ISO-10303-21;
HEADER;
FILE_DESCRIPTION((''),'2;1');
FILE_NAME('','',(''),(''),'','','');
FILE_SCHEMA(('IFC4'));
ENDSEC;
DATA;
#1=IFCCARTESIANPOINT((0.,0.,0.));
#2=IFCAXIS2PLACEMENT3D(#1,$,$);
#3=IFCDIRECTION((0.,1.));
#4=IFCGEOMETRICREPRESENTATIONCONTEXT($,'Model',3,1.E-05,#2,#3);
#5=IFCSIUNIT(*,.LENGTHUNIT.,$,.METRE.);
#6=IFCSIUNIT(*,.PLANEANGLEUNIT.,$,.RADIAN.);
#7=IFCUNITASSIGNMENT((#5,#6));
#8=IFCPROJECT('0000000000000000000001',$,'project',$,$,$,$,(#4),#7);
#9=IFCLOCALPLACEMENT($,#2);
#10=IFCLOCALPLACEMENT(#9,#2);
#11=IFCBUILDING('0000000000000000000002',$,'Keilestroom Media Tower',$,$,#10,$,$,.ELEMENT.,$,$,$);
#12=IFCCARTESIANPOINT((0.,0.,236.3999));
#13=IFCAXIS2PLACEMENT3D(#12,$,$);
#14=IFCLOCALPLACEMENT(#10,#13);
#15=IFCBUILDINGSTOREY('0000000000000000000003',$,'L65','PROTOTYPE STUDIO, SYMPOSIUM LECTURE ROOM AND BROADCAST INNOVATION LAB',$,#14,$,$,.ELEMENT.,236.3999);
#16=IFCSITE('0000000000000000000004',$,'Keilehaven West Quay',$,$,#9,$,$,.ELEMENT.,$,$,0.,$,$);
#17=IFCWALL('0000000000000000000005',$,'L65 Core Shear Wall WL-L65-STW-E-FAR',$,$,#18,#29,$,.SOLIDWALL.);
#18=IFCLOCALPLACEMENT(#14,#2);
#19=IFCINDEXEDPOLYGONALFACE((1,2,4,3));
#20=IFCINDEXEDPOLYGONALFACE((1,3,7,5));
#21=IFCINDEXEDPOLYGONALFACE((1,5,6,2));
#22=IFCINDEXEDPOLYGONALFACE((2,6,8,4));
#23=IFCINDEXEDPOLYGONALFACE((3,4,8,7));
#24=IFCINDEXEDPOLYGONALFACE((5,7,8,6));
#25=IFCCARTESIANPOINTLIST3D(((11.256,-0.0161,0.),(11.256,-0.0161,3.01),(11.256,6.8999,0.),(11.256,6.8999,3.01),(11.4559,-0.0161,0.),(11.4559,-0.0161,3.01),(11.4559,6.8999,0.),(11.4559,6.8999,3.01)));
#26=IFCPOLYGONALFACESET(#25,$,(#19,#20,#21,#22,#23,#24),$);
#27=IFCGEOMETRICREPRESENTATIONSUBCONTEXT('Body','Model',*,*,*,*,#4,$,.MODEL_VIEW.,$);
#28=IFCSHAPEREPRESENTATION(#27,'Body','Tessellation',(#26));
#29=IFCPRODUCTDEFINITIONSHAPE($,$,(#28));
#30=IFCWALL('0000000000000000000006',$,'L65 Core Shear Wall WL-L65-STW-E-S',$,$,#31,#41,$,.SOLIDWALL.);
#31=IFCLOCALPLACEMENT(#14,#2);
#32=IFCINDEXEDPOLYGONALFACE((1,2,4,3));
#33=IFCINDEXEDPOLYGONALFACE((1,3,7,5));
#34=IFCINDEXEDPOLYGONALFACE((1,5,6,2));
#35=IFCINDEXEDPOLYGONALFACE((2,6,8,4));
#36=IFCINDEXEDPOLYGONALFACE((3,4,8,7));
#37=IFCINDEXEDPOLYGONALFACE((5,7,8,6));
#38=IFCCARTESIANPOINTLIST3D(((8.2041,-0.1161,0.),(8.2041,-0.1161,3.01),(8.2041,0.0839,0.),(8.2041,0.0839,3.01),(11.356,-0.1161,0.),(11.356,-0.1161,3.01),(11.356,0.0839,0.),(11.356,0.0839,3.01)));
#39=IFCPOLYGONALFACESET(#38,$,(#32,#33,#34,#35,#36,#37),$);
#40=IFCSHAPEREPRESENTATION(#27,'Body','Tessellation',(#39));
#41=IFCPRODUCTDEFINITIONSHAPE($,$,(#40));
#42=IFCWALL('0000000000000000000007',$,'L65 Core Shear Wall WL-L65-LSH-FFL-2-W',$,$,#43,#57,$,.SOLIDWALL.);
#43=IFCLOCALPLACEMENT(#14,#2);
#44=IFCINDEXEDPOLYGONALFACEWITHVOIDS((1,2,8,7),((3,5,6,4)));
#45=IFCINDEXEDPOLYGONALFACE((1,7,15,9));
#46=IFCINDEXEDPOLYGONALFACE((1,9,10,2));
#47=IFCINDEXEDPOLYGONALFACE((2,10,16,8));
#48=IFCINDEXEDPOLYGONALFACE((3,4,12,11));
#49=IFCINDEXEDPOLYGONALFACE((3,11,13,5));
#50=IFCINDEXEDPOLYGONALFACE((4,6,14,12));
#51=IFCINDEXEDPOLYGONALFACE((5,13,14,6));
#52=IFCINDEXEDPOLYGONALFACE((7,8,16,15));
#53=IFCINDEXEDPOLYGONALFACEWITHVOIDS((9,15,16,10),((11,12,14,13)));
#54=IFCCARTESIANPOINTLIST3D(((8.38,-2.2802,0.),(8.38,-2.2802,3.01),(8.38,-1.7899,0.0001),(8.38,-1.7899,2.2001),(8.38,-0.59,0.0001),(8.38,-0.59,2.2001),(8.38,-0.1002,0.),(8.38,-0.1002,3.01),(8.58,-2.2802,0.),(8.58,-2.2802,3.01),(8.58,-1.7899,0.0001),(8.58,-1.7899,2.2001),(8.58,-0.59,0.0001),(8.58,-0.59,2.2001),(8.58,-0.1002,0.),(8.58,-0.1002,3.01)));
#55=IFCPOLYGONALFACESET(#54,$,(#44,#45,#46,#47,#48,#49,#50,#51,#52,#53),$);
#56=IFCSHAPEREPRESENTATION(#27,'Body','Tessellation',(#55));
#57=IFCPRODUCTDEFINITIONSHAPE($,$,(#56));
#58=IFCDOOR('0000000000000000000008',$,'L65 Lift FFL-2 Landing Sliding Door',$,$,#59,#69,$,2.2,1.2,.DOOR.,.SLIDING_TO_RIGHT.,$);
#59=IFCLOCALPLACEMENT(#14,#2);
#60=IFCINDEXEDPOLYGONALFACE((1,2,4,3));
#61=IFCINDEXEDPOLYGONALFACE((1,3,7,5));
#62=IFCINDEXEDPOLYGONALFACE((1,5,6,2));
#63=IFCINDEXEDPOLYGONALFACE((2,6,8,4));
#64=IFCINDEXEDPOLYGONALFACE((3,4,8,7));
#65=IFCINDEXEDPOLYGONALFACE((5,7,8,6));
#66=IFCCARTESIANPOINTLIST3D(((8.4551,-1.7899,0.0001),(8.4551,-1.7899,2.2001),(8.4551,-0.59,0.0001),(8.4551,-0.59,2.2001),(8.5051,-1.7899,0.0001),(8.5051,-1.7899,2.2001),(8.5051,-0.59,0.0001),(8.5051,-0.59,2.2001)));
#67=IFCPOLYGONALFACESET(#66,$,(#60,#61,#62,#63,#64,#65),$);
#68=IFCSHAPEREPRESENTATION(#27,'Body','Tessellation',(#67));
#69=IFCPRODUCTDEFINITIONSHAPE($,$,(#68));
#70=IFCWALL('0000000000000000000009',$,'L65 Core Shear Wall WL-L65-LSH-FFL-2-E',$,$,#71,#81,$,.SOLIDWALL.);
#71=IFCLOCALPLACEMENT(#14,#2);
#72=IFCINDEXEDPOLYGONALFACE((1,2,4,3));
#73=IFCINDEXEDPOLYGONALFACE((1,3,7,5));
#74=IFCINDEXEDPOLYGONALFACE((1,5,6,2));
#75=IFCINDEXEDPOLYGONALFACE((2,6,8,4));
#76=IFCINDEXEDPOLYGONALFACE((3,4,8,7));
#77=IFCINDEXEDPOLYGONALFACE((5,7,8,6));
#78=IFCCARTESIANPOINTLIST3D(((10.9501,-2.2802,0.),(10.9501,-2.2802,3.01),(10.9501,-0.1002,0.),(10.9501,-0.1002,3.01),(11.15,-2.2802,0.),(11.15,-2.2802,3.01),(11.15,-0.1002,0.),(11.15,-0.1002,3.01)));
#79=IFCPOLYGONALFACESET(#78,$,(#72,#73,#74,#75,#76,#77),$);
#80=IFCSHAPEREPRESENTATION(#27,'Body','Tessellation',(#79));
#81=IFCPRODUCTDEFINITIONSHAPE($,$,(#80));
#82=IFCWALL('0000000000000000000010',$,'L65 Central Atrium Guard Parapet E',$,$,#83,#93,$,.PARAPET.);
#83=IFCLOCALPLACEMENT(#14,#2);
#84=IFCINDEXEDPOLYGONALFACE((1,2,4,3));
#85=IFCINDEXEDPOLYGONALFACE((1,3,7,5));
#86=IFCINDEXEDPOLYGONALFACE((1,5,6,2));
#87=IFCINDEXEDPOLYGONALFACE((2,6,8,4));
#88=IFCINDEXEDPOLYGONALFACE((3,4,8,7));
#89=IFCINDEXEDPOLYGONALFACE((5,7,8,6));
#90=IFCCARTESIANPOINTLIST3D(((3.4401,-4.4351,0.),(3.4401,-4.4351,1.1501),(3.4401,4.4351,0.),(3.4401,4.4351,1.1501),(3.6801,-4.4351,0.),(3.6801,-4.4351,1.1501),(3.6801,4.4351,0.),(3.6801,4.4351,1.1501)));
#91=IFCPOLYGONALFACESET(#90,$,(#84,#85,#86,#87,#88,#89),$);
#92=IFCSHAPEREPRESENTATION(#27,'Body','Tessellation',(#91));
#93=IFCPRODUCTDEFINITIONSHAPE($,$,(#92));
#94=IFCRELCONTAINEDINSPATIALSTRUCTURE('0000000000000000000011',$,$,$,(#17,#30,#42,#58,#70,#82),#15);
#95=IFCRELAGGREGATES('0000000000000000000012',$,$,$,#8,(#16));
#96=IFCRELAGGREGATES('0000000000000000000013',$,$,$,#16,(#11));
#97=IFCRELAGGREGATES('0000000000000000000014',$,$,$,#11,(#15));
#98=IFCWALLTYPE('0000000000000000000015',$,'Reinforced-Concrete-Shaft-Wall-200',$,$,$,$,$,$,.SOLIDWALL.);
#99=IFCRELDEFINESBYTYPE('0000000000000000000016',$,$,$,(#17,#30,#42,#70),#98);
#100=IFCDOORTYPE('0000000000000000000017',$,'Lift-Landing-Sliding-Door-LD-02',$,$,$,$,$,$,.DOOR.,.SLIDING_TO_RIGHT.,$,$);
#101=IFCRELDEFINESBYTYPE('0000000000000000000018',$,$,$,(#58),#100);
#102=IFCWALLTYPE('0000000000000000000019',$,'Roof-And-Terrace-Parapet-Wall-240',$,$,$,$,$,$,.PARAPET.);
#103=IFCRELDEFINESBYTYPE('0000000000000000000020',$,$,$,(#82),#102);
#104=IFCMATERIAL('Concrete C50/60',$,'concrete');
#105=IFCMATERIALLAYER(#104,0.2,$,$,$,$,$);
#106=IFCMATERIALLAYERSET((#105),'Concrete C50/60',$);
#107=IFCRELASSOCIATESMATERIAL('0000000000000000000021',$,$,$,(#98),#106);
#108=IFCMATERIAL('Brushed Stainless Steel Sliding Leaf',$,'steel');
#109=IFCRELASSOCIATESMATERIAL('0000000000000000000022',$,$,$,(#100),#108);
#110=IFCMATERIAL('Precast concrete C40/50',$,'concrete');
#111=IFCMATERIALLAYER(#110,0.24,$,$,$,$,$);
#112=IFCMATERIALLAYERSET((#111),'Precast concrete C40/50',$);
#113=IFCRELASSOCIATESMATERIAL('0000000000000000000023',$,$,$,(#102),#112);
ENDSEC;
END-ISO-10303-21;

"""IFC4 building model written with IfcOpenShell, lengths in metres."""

from ifc_helpers import new_model, si_unit, direction, frame, frame_2d, origin, place, context, subcontext, project, spatial, rectangle, extrude, source, transform, mapped, material, layer, layer_set, type_object, element, fill, save


model = new_model("IFC4")

# Units and contexts
model_context = context("Model", 3, precision=1e-05, world=origin(), true_north=direction((0.0, 1.0)))
body_context = subcontext(model_context, "Body", "Model", "MODEL_VIEW")
ifc_project = project(units=[si_unit("LENGTHUNIT", "METRE"), si_unit("PLANEANGLEUNIT", "RADIAN")], contexts=[model_context])

# Site, building, storey
site_placement = place(None, origin())
site = spatial("IfcSite", under=ifc_project, at=site_placement, Name="Keilehaven West Quay", CompositionType="ELEMENT", RefElevation=0.0)
building_placement = place(site_placement, origin())
building = spatial("IfcBuilding", under=site, at=building_placement, Name="Keilestroom Media Tower", CompositionType="ELEMENT")
storey_placement = place(building_placement, frame((0.0, 0.0, 236.3999)))
storey = spatial("IfcBuildingStorey", under=building, at=storey_placement, Name="L65", Description="PROTOTYPE STUDIO, SYMPOSIUM LECTURE ROOM AND BROADCAST INNOVATION LAB", CompositionType="ELEMENT", Elevation=236.3999)

# Shared definitions
ifc_material_1 = material(Name="Concrete C50/60", Category="concrete")

# Shared definitions
shared_shape_1 = source(origin(), body_context, "Body", "SweptSolid", [
    extrude(rectangle(XDim=1.2, YDim=2.2, at=frame_2d((0.6001, 1.1001))), frame((0.0, 0.0249, 0.0), z_axis=(0.0, -1.0, 0.0), x_axis=(1.0, 0.0, 0.0)), (0.0, 0.0, 1.0), 0.05),
])

# Shared definitions
ifc_layer_1 = layer(ifc_material_1, 0.2)
ifc_layer_set_1 = layer_set([ifc_layer_1], Name="Concrete C50/60")
wall_type_1 = type_object("IfcWallType", Name="Reinforced-Concrete-Shaft-Wall-200", PredefinedType="SOLIDWALL", material=ifc_layer_set_1)

# Walls
wall_1_placement = place(storey_placement, frame((11.356, -0.0161, 0.0), z_axis=(0.0, 0.0, 1.0), x_axis=(0.0, 1.0, 0.0)))
element("IfcWall", 1, at=wall_1_placement, inside=storey, type_object=wall_type_1, Name="L65 Core Shear Wall WL-L65-STW-E-FAR", PredefinedType="SOLIDWALL", context=body_context, shape_type="SweptSolid", body=[
    extrude(rectangle(XDim=6.916, YDim=0.2, at=frame_2d((3.458, 0.0))), origin(), (0.0, 0.0, 1.0), 3.01),
])
wall_2_placement = place(storey_placement, frame((8.2041, -0.0161, 0.0), z_axis=(0.0, 0.0, 1.0), x_axis=(1.0, 0.0, 0.0)))
element("IfcWall", 2, at=wall_2_placement, inside=storey, type_object=wall_type_1, Name="L65 Core Shear Wall WL-L65-STW-E-S", PredefinedType="SOLIDWALL", context=body_context, shape_type="SweptSolid", body=[
    extrude(rectangle(XDim=3.1519, YDim=0.2, at=frame_2d((1.5759, 0.0))), origin(), (0.0, 0.0, 1.0), 3.01),
])

# Wall, opening, door
wall_3_placement = place(storey_placement, frame((8.48, -2.28, 0.0), z_axis=(0.0, 0.0, 1.0), x_axis=(0.0, 1.0, 0.0)))
wall_3 = element("IfcWall", 3, at=wall_3_placement, inside=storey, type_object=wall_type_1, Name="L65 Core Shear Wall WL-L65-LSH-FFL-2-W", PredefinedType="SOLIDWALL", context=body_context, shape_type="SweptSolid", body=[
    extrude(rectangle(XDim=2.1799, YDim=0.2, at=frame_2d((1.0898, 0.0))), origin(), (0.0, 0.0, 1.0), 3.01),
])
opening_1_placement = place(wall_3_placement, frame((0.49, 0.0, 0.0)))
opening_1 = element("IfcOpeningElement", 4, at=opening_1_placement, cuts=wall_3, PredefinedType="OPENING", context=body_context, shape_type="SweptSolid", body=[
    extrude(rectangle(XDim=1.2, YDim=2.2, at=frame_2d((0.6001, 1.1001))), frame((0.0, 0.1099, 0.0), z_axis=(0.0, -1.0, 0.0), x_axis=(1.0, 0.0, 0.0)), (0.0, 0.0, 1.0), 0.22),
])
ifc_material_2 = material(Name="Brushed Stainless Steel Sliding Leaf", Category="steel")
door_type_1 = type_object("IfcDoorType", Name="Lift-Landing-Sliding-Door-LD-02", OperationType="SLIDING_TO_RIGHT", PredefinedType="DOOR", material=ifc_material_2)
door_1_placement = place(opening_1_placement, origin())
door_1 = element("IfcDoor", 5, at=door_1_placement, inside=storey, type_object=door_type_1, Name="L65 Lift FFL-2 Landing Sliding Door", OperationType="SLIDING_TO_RIGHT", OverallHeight=2.2, OverallWidth=1.2, PredefinedType="DOOR", context=body_context, shape_type="MappedRepresentation", body=[
    mapped(shared_shape_1, transform((0.0, 0.0, 0.0), x_axis=(1.0, 0.0, 0.0), y_axis=(0.0, 1.0, 0.0), z_axis=(0.0, 0.0, 1.0), scale=1.0)),
])
fill(opening_1, door_1)

# Walls
wall_4_placement = place(storey_placement, frame((11.05, -2.28, 0.0), z_axis=(0.0, 0.0, 1.0), x_axis=(0.0, 1.0, 0.0)))
element("IfcWall", 6, at=wall_4_placement, inside=storey, type_object=wall_type_1, Name="L65 Core Shear Wall WL-L65-LSH-FFL-2-E", PredefinedType="SOLIDWALL", context=body_context, shape_type="SweptSolid", body=[
    extrude(rectangle(XDim=2.1799, YDim=0.2, at=frame_2d((1.0898, 0.0))), origin(), (0.0, 0.0, 1.0), 3.01),
])
ifc_material_3 = material(Name="Precast concrete C40/50", Category="concrete")
ifc_layer_2 = layer(ifc_material_3, 0.24)
ifc_layer_set_2 = layer_set([ifc_layer_2], Name="Precast concrete C40/50")
wall_type_2 = type_object("IfcWallType", Name="Roof-And-Terrace-Parapet-Wall-240", PredefinedType="PARAPET", material=ifc_layer_set_2)
wall_5_placement = place(storey_placement, frame((3.5601, -4.4351, 0.0), z_axis=(0.0, 0.0, 1.0), x_axis=(0.0, 1.0, 0.0)))
element("IfcWall", 7, at=wall_5_placement, inside=storey, type_object=wall_type_2, Name="L65 Central Atrium Guard Parapet E", PredefinedType="PARAPET", context=body_context, shape_type="SweptSolid", body=[
    extrude(rectangle(XDim=8.8701, YDim=0.24, at=frame_2d((4.4351, 0.0))), origin(), (0.0, 0.0, 1.0), 1.1501),
])

save(model, "model.ifc")
